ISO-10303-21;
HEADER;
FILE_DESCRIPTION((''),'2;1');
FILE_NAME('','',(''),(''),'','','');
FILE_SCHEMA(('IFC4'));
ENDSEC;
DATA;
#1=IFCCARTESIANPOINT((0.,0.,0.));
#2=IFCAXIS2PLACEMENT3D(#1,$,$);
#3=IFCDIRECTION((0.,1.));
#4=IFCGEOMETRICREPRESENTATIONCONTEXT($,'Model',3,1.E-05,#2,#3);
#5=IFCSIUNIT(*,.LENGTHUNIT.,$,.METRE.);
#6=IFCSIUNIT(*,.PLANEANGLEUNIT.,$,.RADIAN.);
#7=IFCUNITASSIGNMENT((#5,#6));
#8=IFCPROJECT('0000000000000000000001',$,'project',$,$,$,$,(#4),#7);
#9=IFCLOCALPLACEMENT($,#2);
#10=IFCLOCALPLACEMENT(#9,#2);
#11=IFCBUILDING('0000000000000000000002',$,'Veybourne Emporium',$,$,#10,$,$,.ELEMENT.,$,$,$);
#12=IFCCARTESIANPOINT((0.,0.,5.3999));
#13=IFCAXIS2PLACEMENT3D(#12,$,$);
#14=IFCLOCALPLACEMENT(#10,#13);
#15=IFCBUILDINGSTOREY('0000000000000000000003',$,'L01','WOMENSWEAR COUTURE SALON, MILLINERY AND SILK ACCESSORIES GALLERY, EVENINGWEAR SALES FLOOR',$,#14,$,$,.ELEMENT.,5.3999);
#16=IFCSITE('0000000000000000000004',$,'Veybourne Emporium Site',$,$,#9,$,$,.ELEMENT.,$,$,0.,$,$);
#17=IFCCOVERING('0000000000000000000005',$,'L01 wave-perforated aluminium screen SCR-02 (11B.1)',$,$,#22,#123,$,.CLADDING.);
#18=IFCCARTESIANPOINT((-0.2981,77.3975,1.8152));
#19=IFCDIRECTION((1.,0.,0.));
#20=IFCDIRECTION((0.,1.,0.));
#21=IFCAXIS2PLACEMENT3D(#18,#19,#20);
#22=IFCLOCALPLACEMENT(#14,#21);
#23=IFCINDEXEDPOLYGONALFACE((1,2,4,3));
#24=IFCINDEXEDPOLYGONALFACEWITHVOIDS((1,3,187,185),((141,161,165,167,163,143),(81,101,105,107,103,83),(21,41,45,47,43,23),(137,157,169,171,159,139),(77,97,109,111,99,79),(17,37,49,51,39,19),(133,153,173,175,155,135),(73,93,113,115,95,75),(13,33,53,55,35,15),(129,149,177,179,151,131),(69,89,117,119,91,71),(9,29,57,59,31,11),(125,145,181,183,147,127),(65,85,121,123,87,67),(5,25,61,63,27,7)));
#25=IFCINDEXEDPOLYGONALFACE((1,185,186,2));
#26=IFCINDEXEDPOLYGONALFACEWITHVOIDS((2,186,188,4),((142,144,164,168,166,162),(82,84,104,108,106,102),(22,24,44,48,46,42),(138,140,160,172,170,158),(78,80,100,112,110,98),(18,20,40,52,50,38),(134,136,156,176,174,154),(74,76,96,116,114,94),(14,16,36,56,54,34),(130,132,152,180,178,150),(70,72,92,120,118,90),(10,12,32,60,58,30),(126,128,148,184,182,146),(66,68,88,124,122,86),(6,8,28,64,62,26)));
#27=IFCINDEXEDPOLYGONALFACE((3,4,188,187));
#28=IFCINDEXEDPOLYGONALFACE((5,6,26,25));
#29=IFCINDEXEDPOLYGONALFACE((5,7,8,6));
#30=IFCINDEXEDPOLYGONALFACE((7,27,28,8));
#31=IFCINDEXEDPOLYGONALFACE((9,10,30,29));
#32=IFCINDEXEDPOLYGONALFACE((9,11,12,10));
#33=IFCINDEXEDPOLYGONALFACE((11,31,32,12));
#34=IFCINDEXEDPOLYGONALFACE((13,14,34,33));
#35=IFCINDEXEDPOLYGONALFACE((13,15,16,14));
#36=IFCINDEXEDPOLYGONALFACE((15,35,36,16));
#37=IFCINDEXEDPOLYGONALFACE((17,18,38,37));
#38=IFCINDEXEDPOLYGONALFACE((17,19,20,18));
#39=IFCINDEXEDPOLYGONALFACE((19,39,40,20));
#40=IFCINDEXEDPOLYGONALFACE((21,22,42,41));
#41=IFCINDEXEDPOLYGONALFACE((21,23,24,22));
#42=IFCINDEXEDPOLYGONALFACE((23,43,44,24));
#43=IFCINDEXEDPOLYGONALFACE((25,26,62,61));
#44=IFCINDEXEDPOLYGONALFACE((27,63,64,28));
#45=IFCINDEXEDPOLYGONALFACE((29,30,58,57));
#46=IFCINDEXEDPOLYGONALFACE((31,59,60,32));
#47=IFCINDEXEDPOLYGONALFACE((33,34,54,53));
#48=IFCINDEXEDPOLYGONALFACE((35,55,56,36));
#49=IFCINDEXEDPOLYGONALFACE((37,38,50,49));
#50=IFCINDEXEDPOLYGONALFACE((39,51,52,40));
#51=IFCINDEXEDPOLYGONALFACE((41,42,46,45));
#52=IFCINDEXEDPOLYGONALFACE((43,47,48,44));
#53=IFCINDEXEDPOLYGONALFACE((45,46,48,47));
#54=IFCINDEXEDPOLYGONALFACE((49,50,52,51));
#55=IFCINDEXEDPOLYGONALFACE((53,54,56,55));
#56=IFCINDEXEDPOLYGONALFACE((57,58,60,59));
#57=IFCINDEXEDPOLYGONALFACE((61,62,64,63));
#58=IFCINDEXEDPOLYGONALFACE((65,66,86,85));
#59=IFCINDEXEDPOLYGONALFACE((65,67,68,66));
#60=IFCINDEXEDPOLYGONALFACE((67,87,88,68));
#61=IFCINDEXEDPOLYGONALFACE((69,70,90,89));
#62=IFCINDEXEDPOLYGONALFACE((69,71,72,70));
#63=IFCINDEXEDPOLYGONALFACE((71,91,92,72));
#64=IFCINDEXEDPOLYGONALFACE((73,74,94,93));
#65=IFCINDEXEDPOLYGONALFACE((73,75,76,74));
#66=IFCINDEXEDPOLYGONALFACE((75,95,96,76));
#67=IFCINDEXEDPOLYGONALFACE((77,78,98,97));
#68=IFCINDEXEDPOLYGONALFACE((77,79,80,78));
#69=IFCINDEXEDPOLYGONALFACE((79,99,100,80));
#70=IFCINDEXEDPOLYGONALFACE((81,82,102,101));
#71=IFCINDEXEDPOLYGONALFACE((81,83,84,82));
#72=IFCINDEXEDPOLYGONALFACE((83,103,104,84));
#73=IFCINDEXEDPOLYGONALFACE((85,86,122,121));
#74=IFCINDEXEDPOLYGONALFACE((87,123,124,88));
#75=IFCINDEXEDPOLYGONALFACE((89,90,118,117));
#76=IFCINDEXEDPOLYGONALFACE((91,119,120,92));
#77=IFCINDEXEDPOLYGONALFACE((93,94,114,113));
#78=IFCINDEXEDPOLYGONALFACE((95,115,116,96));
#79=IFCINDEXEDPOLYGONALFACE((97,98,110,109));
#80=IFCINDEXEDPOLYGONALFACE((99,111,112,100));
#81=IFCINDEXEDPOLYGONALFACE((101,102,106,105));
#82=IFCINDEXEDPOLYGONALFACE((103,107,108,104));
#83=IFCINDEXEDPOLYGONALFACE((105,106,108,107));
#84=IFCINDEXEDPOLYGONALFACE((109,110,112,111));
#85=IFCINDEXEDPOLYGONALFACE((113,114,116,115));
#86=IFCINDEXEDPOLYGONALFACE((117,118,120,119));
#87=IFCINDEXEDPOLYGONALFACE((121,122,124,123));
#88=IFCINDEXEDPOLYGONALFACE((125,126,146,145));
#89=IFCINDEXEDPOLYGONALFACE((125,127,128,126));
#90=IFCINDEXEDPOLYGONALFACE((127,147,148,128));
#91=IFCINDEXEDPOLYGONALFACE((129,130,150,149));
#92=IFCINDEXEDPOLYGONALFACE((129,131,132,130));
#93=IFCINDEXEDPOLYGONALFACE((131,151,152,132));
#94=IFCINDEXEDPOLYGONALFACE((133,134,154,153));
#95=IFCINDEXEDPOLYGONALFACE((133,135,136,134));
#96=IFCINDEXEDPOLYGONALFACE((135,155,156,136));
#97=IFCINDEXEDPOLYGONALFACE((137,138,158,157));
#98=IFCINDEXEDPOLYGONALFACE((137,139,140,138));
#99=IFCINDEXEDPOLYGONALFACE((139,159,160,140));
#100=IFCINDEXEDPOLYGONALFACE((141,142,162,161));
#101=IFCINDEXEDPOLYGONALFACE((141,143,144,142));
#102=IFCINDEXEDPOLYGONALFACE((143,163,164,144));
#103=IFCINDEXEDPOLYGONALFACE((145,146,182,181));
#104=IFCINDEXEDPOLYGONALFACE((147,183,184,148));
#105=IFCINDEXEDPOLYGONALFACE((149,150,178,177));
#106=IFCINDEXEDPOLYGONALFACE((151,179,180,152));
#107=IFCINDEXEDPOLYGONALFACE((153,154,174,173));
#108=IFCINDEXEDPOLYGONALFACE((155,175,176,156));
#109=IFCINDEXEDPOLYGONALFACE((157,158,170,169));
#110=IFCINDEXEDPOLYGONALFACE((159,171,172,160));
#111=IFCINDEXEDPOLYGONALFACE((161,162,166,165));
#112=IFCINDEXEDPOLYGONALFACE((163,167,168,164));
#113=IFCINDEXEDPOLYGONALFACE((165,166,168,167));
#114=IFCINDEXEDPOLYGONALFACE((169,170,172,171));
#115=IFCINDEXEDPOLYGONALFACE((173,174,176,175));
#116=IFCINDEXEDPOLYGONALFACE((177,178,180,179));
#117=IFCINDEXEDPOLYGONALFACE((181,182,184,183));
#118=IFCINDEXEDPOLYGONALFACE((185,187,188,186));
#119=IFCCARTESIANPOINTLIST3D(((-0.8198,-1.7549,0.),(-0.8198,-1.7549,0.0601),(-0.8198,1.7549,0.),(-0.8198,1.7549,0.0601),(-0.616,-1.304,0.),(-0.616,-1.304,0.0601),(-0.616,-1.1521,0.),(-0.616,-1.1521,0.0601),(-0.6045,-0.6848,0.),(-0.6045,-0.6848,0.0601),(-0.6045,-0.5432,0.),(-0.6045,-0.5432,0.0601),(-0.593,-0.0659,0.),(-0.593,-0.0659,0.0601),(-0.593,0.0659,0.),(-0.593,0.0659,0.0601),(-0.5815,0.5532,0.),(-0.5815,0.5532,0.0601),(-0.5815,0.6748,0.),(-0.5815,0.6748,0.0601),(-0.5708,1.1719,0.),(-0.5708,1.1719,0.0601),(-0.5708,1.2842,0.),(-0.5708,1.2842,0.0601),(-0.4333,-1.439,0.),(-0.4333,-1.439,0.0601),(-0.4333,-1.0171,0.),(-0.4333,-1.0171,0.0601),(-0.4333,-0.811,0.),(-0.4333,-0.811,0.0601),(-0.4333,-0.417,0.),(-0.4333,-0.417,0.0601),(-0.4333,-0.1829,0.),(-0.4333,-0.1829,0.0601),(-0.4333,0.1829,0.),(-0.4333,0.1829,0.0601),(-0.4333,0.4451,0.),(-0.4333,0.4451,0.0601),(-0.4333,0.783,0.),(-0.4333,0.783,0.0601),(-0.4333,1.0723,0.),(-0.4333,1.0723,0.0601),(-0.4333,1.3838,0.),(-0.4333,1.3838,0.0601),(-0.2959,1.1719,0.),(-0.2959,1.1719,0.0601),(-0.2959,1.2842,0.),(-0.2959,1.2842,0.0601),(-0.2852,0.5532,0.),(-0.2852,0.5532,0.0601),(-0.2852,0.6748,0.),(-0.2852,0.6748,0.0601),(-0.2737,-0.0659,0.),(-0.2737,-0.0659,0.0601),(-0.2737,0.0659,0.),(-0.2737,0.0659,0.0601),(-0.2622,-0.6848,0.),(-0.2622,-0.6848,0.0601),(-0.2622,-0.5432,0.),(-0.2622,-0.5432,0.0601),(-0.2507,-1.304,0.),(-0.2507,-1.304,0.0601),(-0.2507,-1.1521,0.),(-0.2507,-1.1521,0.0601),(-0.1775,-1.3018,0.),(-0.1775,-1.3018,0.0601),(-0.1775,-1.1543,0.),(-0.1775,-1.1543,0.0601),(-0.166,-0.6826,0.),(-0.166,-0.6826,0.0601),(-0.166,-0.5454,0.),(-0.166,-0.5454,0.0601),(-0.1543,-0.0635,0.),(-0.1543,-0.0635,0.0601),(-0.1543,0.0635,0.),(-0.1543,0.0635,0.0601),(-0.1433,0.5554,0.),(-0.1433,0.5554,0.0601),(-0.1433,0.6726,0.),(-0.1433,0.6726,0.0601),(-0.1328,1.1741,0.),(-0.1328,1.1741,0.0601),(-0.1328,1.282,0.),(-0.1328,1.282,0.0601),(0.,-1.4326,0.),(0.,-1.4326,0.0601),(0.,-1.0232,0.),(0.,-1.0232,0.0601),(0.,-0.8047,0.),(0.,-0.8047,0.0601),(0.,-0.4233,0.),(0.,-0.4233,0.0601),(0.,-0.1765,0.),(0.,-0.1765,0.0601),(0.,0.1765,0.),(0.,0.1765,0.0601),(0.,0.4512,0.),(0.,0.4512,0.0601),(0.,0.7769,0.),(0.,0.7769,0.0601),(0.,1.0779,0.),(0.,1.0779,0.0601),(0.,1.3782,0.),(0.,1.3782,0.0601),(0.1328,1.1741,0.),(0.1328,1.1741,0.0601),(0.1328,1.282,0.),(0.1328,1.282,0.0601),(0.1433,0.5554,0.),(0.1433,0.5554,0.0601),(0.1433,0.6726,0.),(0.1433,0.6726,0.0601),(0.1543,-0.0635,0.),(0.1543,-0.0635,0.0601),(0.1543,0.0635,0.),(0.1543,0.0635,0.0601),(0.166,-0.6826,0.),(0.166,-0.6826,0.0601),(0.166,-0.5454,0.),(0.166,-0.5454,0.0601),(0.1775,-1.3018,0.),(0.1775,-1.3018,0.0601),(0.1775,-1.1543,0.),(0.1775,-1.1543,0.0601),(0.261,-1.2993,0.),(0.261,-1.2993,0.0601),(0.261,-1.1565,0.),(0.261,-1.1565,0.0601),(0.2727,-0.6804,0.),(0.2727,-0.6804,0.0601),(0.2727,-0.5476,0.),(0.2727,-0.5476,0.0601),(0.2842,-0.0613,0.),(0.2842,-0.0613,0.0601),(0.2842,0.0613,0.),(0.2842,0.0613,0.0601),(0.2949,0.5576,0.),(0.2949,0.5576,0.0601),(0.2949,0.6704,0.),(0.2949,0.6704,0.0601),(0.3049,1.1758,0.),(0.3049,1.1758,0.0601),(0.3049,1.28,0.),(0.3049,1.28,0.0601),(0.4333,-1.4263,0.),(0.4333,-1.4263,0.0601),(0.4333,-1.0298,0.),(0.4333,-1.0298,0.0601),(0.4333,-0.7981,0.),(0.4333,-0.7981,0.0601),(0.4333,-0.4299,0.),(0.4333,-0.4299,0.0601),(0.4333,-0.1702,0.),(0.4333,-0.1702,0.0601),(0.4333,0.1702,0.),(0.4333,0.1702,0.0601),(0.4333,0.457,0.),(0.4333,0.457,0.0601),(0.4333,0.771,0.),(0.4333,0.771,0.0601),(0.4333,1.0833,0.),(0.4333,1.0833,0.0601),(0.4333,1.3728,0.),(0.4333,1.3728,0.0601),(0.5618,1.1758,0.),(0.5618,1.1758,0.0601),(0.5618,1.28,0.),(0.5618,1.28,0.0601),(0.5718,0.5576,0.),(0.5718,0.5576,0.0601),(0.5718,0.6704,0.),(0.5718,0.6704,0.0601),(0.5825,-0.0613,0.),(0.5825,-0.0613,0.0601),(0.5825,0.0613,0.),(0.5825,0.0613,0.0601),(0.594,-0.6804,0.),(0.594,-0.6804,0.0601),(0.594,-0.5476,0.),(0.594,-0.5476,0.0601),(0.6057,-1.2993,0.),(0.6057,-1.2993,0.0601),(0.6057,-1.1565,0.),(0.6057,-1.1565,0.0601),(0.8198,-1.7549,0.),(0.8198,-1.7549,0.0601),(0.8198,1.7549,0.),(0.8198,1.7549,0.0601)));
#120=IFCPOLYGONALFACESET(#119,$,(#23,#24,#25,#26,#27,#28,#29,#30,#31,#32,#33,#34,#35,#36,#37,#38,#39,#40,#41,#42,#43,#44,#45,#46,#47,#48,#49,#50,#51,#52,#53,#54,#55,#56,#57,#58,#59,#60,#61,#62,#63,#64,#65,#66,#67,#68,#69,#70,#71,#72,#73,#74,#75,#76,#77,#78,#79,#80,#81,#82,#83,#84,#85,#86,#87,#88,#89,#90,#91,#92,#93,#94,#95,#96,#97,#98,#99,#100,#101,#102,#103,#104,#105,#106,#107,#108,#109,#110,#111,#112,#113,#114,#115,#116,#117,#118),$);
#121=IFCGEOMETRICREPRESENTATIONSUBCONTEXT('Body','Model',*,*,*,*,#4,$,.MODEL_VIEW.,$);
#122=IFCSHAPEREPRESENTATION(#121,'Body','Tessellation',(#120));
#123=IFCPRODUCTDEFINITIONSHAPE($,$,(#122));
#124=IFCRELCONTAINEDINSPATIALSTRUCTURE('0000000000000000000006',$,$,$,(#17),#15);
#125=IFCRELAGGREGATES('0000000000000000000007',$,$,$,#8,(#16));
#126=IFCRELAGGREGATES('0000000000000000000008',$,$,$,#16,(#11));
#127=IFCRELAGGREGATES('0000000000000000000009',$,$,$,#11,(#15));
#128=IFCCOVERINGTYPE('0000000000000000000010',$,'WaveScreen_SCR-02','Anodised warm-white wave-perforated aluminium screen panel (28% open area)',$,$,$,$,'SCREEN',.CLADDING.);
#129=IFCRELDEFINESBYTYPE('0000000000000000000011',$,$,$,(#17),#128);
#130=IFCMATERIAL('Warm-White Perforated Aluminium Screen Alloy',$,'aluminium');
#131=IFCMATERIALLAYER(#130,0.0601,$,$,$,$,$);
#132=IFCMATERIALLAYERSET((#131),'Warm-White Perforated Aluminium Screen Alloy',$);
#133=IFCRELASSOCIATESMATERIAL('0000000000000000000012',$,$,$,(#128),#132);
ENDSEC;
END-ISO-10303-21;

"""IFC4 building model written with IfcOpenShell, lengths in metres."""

from ifc_helpers import new_model, si_unit, direction, frame, origin, place, context, subcontext, project, spatial, polyline, outline, extrude, material, layer, layer_set, type_object, element, save


model = new_model("IFC4")

# Units and contexts
model_context = context("Model", 3, precision=1e-05, world=origin(), true_north=direction((0.0, 1.0)))
body_context = subcontext(model_context, "Body", "Model", "MODEL_VIEW")
ifc_project = project(units=[si_unit("LENGTHUNIT", "METRE"), si_unit("PLANEANGLEUNIT", "RADIAN")], contexts=[model_context])

# Site, building, storey
site_placement = place(None, origin())
site = spatial("IfcSite", under=ifc_project, at=site_placement, Name="Veybourne Emporium Site", CompositionType="ELEMENT", RefElevation=0.0)
building_placement = place(site_placement, origin())
building = spatial("IfcBuilding", under=site, at=building_placement, Name="Veybourne Emporium", CompositionType="ELEMENT")
storey_placement = place(building_placement, frame((0.0, 0.0, 5.3999)))
storey = spatial("IfcBuildingStorey", under=building, at=storey_placement, Name="L01", Description="WOMENSWEAR COUTURE SALON, MILLINERY AND SILK ACCESSORIES GALLERY, EVENINGWEAR SALES FLOOR", CompositionType="ELEMENT", Elevation=5.3999)

# Covering
ifc_material_1 = material(Name="Warm-White Perforated Aluminium Screen Alloy", Category="aluminium")
ifc_layer_1 = layer(ifc_material_1, 0.0601)
ifc_layer_set_1 = layer_set([ifc_layer_1], Name="Warm-White Perforated Aluminium Screen Alloy")
covering_type_1 = type_object("IfcCoveringType", Name="WaveScreen_SCR-02", Description="Anodised warm-white wave-perforated aluminium screen panel (28% open area)", ElementType="SCREEN", PredefinedType="CLADDING", material=ifc_layer_set_1)
covering_1_placement = place(storey_placement, frame((-0.2981, 77.3975, 1.8152), z_axis=(1.0, 0.0, 0.0), x_axis=(0.0, 1.0, 0.0)))
element("IfcCovering", 1, at=covering_1_placement, inside=storey, type_object=covering_type_1, Name="L01 wave-perforated aluminium screen SCR-02 (11B.1)", PredefinedType="CLADDING", context=body_context, shape_type="SweptSolid", body=[
    extrude(outline(polyline([(-0.8198, -1.7549), (0.8198, -1.7549), (0.8198, 1.7549), (-0.8198, 1.7549), (-0.8198, -1.7549)]), holes=[polyline([(-0.4333, -1.0171), (-0.2507, -1.1521), (-0.2507, -1.304), (-0.4333, -1.439), (-0.616, -1.304), (-0.616, -1.1521), (-0.4333, -1.0171)]), polyline([(-0.4333, -0.417), (-0.2622, -0.5432), (-0.2622, -0.6848), (-0.4333, -0.811), (-0.6045, -0.6848), (-0.6045, -0.5432), (-0.4333, -0.417)]), polyline([(-0.4333, 0.1829), (-0.2737, 0.0659), (-0.2737, -0.0659), (-0.4333, -0.1829), (-0.593, -0.0659), (-0.593, 0.0659), (-0.4333, 0.1829)]), polyline([(-0.4333, 0.783), (-0.2852, 0.6748), (-0.2852, 0.5532), (-0.4333, 0.4451), (-0.5815, 0.5532), (-0.5815, 0.6748), (-0.4333, 0.783)]), polyline([(-0.4333, 1.3838), (-0.2959, 1.2842), (-0.2959, 1.1719), (-0.4333, 1.0723), (-0.5708, 1.1719), (-0.5708, 1.2842), (-0.4333, 1.3838)]), polyline([(0.0, -1.0232), (0.1775, -1.1543), (0.1775, -1.3018), (0.0, -1.4326), (-0.1775, -1.3018), (-0.1775, -1.1543), (0.0, -1.0232)]), polyline([(0.0, -0.4233), (0.166, -0.5454), (0.166, -0.6826), (0.0, -0.8047), (-0.166, -0.6826), (-0.166, -0.5454), (0.0, -0.4233)]), polyline([(0.0, 0.1765), (0.1543, 0.0635), (0.1543, -0.0635), (0.0, -0.1765), (-0.1543, -0.0635), (-0.1543, 0.0635), (0.0, 0.1765)]), polyline([(0.0, 0.7769), (0.1433, 0.6726), (0.1433, 0.5554), (0.0, 0.4512), (-0.1433, 0.5554), (-0.1433, 0.6726), (0.0, 0.7769)]), polyline([(0.0, 1.3782), (0.1328, 1.282), (0.1328, 1.1741), (0.0, 1.0779), (-0.1328, 1.1741), (-0.1328, 1.282), (0.0, 1.3782)]), polyline([(0.4333, -1.0298), (0.6057, -1.1565), (0.6057, -1.2993), (0.4333, -1.4263), (0.261, -1.2993), (0.261, -1.1565), (0.4333, -1.0298)]), polyline([(0.4333, -0.4299), (0.594, -0.5476), (0.594, -0.6804), (0.4333, -0.7981), (0.2727, -0.6804), (0.2727, -0.5476), (0.4333, -0.4299)]), polyline([(0.4333, 0.1702), (0.5825, 0.0613), (0.5825, -0.0613), (0.4333, -0.1702), (0.2842, -0.0613), (0.2842, 0.0613), (0.4333, 0.1702)]), polyline([(0.4333, 0.771), (0.5718, 0.6704), (0.5718, 0.5576), (0.4333, 0.457), (0.2949, 0.5576), (0.2949, 0.6704), (0.4333, 0.771)]), polyline([(0.4333, 1.3728), (0.5618, 1.28), (0.5618, 1.1758), (0.4333, 1.0833), (0.3049, 1.1758), (0.3049, 1.28), (0.4333, 1.3728)])]), origin(), (0.0, 0.0, 1.0), 0.0601),
])

save(model, "model.ifc")
